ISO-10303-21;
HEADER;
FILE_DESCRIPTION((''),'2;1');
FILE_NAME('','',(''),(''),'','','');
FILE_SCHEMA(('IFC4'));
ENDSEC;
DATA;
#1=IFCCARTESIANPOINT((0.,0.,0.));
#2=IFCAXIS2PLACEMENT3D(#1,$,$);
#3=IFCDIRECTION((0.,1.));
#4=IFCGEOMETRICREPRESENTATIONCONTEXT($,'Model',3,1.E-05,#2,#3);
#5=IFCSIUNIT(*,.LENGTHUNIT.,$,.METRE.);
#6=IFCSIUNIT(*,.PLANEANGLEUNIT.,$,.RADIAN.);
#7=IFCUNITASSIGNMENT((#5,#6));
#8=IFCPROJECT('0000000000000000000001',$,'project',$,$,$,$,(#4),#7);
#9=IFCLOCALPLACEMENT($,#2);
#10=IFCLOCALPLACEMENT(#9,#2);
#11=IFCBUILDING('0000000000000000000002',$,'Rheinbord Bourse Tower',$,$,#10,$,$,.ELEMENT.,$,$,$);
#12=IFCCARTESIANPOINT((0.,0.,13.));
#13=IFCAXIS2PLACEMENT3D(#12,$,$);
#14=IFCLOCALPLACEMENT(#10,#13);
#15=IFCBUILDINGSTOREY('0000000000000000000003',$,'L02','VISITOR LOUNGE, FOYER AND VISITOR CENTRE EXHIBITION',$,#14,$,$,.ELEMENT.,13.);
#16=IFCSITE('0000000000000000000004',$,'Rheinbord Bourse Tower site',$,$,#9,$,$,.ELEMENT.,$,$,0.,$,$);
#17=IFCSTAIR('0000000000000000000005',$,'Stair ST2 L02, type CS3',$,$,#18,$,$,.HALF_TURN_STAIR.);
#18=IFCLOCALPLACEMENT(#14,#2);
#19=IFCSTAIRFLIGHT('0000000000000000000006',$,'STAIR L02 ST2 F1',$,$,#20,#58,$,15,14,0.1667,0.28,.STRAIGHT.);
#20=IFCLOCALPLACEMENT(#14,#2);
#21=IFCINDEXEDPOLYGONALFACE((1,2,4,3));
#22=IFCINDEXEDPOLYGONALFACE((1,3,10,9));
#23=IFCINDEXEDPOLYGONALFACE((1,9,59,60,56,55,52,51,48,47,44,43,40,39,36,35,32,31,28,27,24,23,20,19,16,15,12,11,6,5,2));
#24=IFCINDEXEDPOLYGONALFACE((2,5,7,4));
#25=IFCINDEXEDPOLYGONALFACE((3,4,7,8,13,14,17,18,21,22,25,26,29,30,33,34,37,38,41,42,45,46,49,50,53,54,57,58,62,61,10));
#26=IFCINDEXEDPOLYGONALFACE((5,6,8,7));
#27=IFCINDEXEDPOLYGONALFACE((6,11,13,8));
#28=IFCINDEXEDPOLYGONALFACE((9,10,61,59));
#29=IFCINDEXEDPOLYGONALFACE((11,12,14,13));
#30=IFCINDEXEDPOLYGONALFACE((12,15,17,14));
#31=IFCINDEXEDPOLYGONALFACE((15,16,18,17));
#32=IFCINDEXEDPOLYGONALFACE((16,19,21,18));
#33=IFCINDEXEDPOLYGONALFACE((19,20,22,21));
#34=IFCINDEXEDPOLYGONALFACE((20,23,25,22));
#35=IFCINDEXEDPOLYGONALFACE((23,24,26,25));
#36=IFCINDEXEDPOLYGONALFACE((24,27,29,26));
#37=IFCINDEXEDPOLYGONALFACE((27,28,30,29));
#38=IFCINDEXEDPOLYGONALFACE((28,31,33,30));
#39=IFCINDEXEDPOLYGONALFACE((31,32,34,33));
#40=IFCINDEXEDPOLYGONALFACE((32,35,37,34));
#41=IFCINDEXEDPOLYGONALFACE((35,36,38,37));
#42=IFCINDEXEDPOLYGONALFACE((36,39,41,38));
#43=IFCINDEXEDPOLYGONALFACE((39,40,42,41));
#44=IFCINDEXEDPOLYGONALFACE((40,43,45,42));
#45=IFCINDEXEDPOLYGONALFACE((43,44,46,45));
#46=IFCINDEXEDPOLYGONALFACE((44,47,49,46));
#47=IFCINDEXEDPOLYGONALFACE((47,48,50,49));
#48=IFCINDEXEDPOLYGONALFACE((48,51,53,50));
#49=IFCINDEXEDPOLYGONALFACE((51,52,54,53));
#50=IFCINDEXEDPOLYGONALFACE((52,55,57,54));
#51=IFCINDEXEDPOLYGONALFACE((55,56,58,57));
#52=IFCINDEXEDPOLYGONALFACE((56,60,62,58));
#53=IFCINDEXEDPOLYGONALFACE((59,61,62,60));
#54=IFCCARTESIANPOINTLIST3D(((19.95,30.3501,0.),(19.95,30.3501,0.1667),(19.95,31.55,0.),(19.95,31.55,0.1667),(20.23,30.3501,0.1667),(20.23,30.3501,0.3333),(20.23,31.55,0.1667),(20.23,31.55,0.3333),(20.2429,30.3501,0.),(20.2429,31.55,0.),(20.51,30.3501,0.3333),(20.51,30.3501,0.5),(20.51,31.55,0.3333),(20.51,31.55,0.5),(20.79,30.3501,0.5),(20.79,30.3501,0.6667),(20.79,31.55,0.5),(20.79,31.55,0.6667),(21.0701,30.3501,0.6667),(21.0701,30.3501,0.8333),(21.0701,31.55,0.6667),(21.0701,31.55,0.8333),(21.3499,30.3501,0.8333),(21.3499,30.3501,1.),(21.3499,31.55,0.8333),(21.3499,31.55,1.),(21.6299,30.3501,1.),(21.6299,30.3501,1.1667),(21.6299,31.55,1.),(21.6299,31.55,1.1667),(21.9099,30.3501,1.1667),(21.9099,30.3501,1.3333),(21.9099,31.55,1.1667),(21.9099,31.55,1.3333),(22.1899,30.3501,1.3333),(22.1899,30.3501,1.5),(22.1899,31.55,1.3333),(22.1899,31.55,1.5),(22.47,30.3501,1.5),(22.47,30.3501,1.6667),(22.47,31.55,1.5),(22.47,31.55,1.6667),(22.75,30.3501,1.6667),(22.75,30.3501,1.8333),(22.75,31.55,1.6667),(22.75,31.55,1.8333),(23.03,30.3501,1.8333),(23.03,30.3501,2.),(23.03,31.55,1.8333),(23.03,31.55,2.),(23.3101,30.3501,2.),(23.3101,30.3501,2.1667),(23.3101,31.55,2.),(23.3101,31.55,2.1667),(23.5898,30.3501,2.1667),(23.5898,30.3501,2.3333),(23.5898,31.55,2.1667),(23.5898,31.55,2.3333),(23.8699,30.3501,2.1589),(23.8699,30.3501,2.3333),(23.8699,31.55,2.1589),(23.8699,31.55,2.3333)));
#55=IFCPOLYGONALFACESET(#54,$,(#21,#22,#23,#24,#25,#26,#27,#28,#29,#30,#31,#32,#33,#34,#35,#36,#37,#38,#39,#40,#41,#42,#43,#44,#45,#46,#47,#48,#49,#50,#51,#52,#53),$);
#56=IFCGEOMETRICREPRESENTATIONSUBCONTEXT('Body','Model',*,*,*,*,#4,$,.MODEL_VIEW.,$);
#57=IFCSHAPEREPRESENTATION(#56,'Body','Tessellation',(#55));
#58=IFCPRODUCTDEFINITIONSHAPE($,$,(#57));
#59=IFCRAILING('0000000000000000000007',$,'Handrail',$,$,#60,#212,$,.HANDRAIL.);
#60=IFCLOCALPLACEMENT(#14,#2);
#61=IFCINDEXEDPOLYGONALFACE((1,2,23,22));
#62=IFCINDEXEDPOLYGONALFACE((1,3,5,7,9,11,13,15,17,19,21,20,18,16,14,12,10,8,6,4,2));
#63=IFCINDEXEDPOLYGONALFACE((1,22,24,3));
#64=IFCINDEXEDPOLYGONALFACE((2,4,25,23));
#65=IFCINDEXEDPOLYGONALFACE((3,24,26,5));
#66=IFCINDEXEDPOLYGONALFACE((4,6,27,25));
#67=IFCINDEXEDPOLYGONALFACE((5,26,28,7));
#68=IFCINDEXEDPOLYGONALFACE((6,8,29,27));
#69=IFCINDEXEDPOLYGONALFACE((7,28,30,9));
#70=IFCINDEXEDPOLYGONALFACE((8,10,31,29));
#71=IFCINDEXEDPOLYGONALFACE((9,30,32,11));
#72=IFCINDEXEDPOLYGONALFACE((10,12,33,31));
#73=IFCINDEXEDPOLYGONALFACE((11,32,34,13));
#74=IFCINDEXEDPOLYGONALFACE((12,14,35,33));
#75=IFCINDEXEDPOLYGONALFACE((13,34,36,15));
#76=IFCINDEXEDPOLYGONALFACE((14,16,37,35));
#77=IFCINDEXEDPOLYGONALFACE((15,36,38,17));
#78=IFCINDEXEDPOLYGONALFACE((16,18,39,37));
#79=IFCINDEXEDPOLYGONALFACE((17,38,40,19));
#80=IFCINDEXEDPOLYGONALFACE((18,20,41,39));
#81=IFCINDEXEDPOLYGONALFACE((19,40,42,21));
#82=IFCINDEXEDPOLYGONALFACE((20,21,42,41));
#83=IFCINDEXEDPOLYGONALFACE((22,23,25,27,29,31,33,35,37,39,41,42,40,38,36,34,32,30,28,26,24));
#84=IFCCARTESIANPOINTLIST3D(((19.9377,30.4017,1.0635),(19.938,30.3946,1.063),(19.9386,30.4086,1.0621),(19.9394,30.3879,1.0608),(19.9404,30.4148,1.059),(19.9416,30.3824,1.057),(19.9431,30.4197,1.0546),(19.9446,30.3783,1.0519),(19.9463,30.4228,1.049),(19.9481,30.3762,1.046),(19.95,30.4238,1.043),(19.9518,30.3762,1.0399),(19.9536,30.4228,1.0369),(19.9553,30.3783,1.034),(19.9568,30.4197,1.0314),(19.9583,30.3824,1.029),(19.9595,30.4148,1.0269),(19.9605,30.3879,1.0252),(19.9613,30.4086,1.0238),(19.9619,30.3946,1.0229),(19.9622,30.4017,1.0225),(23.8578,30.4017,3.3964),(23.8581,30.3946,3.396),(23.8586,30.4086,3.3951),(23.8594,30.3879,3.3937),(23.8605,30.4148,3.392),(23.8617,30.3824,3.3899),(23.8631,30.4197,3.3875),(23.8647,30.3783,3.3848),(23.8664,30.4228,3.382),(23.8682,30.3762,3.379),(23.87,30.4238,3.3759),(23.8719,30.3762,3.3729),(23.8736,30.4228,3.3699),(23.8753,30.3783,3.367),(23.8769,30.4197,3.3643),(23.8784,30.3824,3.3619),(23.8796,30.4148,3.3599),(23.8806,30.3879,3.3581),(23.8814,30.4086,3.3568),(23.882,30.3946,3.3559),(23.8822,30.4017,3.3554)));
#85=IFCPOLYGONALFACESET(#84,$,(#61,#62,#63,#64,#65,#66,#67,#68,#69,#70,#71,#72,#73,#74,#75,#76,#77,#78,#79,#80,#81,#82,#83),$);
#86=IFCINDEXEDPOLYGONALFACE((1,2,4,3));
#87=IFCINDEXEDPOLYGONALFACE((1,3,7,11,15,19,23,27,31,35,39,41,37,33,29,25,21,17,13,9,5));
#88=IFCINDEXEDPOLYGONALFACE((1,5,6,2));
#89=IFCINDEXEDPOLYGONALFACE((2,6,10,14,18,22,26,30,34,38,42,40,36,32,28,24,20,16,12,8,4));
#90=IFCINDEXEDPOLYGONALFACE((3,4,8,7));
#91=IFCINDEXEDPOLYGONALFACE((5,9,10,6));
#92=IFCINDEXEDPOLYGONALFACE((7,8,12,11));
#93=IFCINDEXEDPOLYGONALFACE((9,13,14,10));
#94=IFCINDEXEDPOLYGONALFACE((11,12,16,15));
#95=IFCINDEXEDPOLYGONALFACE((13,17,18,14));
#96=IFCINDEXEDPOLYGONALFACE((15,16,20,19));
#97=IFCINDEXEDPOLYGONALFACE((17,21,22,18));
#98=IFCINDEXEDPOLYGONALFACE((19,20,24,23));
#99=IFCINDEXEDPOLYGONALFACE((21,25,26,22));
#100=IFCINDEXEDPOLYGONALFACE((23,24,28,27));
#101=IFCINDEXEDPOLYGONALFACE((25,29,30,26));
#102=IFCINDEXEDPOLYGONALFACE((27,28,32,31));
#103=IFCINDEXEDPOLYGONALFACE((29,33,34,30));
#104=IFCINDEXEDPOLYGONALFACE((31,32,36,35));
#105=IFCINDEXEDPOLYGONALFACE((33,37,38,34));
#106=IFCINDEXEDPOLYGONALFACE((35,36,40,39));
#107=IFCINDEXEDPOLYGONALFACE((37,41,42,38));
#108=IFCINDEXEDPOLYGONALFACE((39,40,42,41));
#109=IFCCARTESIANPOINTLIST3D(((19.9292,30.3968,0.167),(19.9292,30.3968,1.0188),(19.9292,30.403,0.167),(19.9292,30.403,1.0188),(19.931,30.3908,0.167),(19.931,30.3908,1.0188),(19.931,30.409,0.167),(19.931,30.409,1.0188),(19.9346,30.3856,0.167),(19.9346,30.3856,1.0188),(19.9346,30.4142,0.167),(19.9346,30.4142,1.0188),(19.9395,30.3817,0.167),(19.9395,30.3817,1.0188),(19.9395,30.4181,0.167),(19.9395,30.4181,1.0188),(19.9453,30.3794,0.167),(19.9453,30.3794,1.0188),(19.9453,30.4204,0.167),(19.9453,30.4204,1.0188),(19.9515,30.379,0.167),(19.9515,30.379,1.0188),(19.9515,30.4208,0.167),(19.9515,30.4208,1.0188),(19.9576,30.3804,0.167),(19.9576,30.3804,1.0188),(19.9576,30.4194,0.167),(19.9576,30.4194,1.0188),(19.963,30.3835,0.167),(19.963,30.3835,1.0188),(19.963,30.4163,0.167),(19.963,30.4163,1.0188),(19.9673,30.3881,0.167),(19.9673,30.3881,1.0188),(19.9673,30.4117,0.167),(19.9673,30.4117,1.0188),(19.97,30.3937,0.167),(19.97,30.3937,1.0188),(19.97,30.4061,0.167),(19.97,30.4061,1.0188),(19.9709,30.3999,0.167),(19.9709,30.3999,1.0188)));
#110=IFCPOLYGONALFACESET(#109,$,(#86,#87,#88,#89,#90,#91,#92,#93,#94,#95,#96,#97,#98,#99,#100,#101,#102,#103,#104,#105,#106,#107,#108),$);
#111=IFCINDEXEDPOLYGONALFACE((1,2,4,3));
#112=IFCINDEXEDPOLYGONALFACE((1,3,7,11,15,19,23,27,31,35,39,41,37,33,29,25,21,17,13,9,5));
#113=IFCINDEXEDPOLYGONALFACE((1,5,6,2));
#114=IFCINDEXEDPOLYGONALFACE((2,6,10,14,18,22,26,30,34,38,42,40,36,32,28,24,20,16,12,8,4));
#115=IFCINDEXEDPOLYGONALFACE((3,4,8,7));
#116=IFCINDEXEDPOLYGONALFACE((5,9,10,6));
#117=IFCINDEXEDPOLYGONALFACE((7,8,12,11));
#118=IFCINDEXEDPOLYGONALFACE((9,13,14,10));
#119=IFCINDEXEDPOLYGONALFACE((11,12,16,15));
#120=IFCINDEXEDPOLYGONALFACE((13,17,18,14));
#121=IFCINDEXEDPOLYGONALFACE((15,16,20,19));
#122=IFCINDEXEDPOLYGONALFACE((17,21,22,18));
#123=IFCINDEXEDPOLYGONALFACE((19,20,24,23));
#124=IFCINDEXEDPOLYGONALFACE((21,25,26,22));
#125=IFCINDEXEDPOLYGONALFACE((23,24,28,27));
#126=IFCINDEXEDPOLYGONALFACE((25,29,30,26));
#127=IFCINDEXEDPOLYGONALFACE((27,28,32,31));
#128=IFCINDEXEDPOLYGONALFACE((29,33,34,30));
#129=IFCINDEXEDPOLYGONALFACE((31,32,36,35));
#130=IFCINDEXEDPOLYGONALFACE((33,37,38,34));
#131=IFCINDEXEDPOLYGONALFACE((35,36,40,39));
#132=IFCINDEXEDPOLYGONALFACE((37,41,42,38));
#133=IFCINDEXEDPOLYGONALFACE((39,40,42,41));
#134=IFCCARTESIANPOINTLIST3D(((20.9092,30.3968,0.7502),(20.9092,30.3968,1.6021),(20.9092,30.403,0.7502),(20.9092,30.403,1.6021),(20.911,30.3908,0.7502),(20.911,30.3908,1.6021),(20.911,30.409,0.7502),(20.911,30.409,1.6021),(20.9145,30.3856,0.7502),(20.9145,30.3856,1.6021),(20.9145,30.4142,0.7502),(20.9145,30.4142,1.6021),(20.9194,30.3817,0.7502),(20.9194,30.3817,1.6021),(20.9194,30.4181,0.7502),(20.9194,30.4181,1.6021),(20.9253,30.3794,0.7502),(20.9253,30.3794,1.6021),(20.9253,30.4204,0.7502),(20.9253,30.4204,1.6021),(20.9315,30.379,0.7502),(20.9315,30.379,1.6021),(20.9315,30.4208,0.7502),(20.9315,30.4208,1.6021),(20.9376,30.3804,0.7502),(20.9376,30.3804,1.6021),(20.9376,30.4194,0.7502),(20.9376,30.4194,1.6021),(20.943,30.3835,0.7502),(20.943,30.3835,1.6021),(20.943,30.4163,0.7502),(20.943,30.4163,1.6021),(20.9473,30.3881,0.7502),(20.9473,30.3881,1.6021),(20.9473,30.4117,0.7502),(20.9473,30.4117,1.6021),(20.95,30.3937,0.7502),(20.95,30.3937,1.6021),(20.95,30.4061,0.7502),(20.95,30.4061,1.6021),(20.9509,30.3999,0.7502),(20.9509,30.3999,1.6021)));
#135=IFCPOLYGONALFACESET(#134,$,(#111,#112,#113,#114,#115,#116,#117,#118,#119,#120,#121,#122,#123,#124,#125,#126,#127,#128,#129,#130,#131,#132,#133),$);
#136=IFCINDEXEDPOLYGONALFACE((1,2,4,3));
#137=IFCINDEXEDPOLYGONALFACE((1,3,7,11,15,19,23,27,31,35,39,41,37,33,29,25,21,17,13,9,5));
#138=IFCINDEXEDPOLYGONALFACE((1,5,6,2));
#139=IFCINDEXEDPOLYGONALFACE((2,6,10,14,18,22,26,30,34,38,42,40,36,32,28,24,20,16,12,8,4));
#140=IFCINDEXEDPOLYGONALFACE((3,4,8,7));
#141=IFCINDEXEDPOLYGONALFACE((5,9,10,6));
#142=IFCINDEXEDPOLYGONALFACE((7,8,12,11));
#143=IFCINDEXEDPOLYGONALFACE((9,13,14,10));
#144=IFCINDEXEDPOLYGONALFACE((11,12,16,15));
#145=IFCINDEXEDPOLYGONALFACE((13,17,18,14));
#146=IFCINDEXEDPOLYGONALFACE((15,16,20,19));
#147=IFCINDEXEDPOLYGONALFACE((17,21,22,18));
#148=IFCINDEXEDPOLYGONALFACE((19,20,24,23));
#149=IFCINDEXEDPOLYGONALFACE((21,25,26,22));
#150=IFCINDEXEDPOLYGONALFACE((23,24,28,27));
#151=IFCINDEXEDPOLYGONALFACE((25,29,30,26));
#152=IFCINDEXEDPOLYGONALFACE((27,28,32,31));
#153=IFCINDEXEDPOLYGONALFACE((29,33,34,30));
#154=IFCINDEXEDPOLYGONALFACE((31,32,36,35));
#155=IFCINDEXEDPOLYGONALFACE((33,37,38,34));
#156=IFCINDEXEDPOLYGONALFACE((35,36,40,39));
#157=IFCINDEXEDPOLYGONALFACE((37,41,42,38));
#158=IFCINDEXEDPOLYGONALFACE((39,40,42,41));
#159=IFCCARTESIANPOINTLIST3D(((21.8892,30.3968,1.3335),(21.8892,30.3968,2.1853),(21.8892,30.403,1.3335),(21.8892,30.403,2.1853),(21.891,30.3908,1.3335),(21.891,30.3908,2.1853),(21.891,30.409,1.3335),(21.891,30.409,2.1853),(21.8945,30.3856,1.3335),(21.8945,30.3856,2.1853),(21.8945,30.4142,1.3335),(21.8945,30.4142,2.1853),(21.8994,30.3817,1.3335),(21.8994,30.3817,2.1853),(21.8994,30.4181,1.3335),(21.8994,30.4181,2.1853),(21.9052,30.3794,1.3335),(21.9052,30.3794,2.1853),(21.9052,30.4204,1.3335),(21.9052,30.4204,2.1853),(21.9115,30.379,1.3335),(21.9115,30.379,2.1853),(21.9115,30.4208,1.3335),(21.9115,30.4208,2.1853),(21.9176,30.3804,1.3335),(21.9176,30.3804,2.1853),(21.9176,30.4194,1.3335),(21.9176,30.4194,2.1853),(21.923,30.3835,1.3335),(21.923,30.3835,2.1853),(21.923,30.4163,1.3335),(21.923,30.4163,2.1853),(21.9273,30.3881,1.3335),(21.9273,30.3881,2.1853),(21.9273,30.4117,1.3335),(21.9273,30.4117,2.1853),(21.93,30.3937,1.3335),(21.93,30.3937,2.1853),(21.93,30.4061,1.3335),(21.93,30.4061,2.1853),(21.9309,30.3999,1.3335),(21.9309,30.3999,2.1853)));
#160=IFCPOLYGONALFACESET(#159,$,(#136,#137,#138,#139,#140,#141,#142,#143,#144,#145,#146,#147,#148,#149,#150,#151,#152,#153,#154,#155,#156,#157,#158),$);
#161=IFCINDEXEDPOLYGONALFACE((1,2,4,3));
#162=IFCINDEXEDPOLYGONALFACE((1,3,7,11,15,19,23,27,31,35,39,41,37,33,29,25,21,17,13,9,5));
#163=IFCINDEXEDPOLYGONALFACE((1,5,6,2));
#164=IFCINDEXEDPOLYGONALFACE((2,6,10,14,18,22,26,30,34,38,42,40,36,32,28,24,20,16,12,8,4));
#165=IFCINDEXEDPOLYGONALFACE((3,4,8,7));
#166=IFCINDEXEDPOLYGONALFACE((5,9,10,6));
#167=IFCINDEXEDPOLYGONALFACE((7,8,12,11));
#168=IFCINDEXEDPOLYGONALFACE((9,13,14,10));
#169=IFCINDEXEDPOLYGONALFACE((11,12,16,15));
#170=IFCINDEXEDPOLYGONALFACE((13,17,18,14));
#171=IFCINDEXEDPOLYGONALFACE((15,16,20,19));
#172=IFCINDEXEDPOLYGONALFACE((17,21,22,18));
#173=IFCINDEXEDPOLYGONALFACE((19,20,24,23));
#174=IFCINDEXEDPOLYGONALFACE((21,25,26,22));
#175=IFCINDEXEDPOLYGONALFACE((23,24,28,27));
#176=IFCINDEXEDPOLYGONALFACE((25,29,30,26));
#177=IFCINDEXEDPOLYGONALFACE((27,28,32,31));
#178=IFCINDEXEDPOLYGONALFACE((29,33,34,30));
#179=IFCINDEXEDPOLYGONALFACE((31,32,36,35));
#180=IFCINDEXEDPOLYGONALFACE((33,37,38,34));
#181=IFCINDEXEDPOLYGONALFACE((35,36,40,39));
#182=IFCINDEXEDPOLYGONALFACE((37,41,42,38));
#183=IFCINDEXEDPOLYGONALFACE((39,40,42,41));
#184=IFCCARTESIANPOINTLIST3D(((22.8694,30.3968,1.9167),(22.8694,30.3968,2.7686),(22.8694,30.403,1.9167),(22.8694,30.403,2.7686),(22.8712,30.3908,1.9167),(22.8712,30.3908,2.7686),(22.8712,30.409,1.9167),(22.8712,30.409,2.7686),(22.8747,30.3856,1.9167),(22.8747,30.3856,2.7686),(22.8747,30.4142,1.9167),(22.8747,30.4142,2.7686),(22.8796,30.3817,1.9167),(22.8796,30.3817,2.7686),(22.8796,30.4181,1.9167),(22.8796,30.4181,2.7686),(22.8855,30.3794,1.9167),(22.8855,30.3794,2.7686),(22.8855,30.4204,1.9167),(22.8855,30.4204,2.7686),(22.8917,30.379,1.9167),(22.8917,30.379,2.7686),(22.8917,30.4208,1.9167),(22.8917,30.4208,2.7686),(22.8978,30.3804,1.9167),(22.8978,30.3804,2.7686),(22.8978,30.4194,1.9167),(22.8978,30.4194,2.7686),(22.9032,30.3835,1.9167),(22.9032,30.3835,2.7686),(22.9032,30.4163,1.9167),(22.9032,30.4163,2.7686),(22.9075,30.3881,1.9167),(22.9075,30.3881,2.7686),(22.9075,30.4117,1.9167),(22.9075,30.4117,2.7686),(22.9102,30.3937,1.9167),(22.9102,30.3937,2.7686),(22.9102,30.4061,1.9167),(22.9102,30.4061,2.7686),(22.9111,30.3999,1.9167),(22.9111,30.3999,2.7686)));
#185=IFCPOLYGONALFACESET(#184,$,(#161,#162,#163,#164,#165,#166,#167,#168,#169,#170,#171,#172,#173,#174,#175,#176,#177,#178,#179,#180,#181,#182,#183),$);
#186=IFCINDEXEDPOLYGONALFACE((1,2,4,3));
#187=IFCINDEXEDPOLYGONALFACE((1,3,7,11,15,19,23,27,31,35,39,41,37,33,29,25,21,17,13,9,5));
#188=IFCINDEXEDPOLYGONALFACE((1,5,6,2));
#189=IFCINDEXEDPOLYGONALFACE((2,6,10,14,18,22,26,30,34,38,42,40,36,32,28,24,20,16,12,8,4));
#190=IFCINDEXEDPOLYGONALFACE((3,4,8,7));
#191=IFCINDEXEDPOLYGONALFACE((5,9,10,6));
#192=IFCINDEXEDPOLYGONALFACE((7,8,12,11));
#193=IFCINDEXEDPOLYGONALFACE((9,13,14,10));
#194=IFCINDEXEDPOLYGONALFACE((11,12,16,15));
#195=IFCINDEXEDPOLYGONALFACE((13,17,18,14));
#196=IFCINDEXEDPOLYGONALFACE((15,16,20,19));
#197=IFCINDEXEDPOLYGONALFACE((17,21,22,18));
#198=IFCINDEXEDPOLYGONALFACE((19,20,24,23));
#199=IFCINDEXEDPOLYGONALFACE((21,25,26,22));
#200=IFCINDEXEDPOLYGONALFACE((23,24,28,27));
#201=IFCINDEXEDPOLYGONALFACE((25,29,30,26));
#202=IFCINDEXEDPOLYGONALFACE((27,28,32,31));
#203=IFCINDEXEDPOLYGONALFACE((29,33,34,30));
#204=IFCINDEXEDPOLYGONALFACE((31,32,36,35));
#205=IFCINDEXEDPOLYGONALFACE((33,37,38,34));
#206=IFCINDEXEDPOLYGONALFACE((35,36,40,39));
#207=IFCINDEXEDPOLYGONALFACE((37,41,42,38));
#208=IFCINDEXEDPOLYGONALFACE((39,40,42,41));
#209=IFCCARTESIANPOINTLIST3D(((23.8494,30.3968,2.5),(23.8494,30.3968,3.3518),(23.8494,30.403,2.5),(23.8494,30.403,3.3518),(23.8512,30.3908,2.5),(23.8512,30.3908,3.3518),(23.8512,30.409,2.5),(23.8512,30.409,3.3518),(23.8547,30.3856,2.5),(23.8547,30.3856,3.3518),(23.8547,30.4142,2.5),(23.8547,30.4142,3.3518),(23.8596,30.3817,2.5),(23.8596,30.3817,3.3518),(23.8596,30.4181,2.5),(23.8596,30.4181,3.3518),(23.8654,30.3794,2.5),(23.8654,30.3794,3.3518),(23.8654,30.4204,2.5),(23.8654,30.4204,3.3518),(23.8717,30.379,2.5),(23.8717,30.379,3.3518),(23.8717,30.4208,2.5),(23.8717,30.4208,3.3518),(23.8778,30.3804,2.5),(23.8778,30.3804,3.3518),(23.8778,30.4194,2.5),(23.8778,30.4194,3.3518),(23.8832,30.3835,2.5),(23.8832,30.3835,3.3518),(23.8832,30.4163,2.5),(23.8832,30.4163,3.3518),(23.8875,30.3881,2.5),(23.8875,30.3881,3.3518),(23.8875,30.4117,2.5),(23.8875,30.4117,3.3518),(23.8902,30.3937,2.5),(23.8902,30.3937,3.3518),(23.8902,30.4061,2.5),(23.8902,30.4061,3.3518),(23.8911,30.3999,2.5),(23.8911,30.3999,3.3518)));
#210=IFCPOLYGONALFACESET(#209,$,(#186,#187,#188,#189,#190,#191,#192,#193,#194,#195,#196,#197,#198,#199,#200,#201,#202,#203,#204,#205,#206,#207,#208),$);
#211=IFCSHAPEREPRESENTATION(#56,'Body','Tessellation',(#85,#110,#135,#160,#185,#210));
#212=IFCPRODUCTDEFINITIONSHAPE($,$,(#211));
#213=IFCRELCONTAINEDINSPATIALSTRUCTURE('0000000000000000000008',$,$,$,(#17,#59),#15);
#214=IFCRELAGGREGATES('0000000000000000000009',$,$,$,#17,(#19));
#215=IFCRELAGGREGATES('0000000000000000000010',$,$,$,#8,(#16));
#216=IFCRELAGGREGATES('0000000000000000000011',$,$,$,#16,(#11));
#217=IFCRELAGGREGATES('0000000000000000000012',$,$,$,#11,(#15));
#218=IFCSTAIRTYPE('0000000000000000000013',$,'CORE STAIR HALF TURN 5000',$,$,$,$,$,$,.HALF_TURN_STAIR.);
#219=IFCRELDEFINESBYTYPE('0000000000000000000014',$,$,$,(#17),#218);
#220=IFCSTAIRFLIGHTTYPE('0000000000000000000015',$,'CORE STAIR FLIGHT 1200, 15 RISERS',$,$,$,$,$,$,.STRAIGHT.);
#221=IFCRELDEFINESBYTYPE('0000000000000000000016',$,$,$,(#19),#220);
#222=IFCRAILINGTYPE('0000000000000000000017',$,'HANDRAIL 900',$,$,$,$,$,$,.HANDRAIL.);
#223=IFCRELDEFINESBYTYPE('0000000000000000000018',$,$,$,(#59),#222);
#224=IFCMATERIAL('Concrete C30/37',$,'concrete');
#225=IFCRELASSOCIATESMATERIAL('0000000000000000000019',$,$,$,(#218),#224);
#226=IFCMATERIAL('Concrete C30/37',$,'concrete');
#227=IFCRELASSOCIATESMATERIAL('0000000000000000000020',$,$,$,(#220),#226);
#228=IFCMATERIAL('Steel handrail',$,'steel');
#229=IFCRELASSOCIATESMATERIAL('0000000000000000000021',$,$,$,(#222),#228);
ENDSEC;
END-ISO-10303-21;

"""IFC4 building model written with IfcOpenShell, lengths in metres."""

from ifc_helpers import new_model, si_unit, direction, frame, origin, origin_2d, place, context, subcontext, project, spatial, polyline, circle, outline, extrude, material, type_object, element, aggregate, save


model = new_model("IFC4")

# Units and contexts
model_context = context("Model", 3, precision=1e-05, world=origin(), true_north=direction((0.0, 1.0)))
body_context = subcontext(model_context, "Body", "Model", "MODEL_VIEW")
ifc_project = project(units=[si_unit("LENGTHUNIT", "METRE"), si_unit("PLANEANGLEUNIT", "RADIAN")], contexts=[model_context])

# Site, building, storey
site_placement = place(None, origin())
site = spatial("IfcSite", under=ifc_project, at=site_placement, Name="Rheinbord Bourse Tower site", CompositionType="ELEMENT", RefElevation=0.0)
building_placement = place(site_placement, origin())
building = spatial("IfcBuilding", under=site, at=building_placement, Name="Rheinbord Bourse Tower", CompositionType="ELEMENT")
storey_placement = place(building_placement, frame((0.0, 0.0, 13.0)))
storey = spatial("IfcBuildingStorey", under=building, at=storey_placement, Name="L02", Description="VISITOR LOUNGE, FOYER AND VISITOR CENTRE EXHIBITION", CompositionType="ELEMENT", Elevation=13.0)

# Stair, stair flight
ifc_material_1 = material(Name="Concrete C30/37", Category="concrete")
stair_type = type_object("IfcStairType", Name="CORE STAIR HALF TURN 5000", PredefinedType="HALF_TURN_STAIR", material=ifc_material_1)
stair_placement = place(storey_placement, origin())
stair = element("IfcStair", 1, at=stair_placement, inside=storey, type_object=stair_type, Name="Stair ST2 L02, type CS3", PredefinedType="HALF_TURN_STAIR")
ifc_material_2 = material(Name="Concrete C30/37", Category="concrete")
stair_flight_type = type_object("IfcStairFlightType", Name="CORE STAIR FLIGHT 1200, 15 RISERS", PredefinedType="STRAIGHT", material=ifc_material_2)
stair_flight_placement = place(storey_placement, frame((19.95, 30.95, 0.0), z_axis=(0.0, 0.0, 1.0), x_axis=(1.0, 0.0, 0.0)))
stair_flight = element("IfcStairFlight", 2, at=stair_flight_placement, type_object=stair_flight_type, Name="STAIR L02 ST2 F1", NumberOfRisers=15, NumberOfTreads=14, PredefinedType="STRAIGHT", RiserHeight=0.1667, TreadLength=0.28, context=body_context, shape_type="SweptSolid", body=[
    extrude(outline(polyline([(0.0, 0.0), (0.0, 0.1667), (0.28, 0.1667), (0.28, 0.3333), (0.5601, 0.3333), (0.5601, 0.5), (0.8401, 0.5), (0.8401, 0.6667), (1.1201, 0.6667), (1.1201, 0.8333), (1.3999, 0.8333), (1.3999, 1.0), (1.6799, 1.0), (1.6799, 1.1667), (1.96, 1.1667), (1.96, 1.3333), (2.24, 1.3333), (2.24, 1.5), (2.52, 1.5), (2.52, 1.6667), (2.8, 1.6667), (2.8, 1.8333), (3.0801, 1.8333), (3.0801, 2.0), (3.3601, 2.0), (3.3601, 2.1667), (3.6399, 2.1667), (3.6399, 2.3333), (3.9199, 2.3333), (3.9199, 2.5), (3.9199, 2.1589), (0.293, 0.0), (0.0, 0.0)])), frame((0.0, 0.6001, 0.0), z_axis=(0.0, -1.0, 0.0), x_axis=(1.0, 0.0, 0.0)), (0.0, 0.0, 1.0), 1.2),
])
aggregate(stair, [stair_flight])

# Railing
ifc_material_3 = material(Name="Steel handrail", Category="steel")
railing_type = type_object("IfcRailingType", Name="HANDRAIL 900", PredefinedType="HANDRAIL", material=ifc_material_3)
railing_placement = place(storey_placement, frame((19.95, 30.3999, 0.167)))
element("IfcRailing", 3, at=railing_placement, inside=storey, type_object=railing_type, Name="Handrail", PredefinedType="HANDRAIL", context=body_context, shape_type="SweptSolid", body=[
    extrude(circle(Radius=0.0239, at=origin_2d()), frame((0.0, 0.0, 0.876), z_axis=(0.859334, 0.0, 0.511415), x_axis=(0.0, 1.0, 0.0)), (0.0, 0.0, 1.0), 4.5618),
    extrude(circle(Radius=0.021, at=origin_2d()), origin(), (0.0, 0.0, 1.0), 0.8518),
    extrude(circle(Radius=0.021, at=origin_2d()), frame((0.98, 0.0, 0.5833)), (0.0, 0.0, 1.0), 0.8518),
    extrude(circle(Radius=0.021, at=origin_2d()), frame((1.96, 0.0, 1.1665)), (0.0, 0.0, 1.0), 0.8518),
    extrude(circle(Radius=0.021, at=origin_2d()), frame((2.9402, 0.0, 1.7498)), (0.0, 0.0, 1.0), 0.8518),
    extrude(circle(Radius=0.021, at=origin_2d()), frame((3.9202, 0.0, 2.333)), (0.0, 0.0, 1.0), 0.8518),
])

save(model, "model.ifc")
